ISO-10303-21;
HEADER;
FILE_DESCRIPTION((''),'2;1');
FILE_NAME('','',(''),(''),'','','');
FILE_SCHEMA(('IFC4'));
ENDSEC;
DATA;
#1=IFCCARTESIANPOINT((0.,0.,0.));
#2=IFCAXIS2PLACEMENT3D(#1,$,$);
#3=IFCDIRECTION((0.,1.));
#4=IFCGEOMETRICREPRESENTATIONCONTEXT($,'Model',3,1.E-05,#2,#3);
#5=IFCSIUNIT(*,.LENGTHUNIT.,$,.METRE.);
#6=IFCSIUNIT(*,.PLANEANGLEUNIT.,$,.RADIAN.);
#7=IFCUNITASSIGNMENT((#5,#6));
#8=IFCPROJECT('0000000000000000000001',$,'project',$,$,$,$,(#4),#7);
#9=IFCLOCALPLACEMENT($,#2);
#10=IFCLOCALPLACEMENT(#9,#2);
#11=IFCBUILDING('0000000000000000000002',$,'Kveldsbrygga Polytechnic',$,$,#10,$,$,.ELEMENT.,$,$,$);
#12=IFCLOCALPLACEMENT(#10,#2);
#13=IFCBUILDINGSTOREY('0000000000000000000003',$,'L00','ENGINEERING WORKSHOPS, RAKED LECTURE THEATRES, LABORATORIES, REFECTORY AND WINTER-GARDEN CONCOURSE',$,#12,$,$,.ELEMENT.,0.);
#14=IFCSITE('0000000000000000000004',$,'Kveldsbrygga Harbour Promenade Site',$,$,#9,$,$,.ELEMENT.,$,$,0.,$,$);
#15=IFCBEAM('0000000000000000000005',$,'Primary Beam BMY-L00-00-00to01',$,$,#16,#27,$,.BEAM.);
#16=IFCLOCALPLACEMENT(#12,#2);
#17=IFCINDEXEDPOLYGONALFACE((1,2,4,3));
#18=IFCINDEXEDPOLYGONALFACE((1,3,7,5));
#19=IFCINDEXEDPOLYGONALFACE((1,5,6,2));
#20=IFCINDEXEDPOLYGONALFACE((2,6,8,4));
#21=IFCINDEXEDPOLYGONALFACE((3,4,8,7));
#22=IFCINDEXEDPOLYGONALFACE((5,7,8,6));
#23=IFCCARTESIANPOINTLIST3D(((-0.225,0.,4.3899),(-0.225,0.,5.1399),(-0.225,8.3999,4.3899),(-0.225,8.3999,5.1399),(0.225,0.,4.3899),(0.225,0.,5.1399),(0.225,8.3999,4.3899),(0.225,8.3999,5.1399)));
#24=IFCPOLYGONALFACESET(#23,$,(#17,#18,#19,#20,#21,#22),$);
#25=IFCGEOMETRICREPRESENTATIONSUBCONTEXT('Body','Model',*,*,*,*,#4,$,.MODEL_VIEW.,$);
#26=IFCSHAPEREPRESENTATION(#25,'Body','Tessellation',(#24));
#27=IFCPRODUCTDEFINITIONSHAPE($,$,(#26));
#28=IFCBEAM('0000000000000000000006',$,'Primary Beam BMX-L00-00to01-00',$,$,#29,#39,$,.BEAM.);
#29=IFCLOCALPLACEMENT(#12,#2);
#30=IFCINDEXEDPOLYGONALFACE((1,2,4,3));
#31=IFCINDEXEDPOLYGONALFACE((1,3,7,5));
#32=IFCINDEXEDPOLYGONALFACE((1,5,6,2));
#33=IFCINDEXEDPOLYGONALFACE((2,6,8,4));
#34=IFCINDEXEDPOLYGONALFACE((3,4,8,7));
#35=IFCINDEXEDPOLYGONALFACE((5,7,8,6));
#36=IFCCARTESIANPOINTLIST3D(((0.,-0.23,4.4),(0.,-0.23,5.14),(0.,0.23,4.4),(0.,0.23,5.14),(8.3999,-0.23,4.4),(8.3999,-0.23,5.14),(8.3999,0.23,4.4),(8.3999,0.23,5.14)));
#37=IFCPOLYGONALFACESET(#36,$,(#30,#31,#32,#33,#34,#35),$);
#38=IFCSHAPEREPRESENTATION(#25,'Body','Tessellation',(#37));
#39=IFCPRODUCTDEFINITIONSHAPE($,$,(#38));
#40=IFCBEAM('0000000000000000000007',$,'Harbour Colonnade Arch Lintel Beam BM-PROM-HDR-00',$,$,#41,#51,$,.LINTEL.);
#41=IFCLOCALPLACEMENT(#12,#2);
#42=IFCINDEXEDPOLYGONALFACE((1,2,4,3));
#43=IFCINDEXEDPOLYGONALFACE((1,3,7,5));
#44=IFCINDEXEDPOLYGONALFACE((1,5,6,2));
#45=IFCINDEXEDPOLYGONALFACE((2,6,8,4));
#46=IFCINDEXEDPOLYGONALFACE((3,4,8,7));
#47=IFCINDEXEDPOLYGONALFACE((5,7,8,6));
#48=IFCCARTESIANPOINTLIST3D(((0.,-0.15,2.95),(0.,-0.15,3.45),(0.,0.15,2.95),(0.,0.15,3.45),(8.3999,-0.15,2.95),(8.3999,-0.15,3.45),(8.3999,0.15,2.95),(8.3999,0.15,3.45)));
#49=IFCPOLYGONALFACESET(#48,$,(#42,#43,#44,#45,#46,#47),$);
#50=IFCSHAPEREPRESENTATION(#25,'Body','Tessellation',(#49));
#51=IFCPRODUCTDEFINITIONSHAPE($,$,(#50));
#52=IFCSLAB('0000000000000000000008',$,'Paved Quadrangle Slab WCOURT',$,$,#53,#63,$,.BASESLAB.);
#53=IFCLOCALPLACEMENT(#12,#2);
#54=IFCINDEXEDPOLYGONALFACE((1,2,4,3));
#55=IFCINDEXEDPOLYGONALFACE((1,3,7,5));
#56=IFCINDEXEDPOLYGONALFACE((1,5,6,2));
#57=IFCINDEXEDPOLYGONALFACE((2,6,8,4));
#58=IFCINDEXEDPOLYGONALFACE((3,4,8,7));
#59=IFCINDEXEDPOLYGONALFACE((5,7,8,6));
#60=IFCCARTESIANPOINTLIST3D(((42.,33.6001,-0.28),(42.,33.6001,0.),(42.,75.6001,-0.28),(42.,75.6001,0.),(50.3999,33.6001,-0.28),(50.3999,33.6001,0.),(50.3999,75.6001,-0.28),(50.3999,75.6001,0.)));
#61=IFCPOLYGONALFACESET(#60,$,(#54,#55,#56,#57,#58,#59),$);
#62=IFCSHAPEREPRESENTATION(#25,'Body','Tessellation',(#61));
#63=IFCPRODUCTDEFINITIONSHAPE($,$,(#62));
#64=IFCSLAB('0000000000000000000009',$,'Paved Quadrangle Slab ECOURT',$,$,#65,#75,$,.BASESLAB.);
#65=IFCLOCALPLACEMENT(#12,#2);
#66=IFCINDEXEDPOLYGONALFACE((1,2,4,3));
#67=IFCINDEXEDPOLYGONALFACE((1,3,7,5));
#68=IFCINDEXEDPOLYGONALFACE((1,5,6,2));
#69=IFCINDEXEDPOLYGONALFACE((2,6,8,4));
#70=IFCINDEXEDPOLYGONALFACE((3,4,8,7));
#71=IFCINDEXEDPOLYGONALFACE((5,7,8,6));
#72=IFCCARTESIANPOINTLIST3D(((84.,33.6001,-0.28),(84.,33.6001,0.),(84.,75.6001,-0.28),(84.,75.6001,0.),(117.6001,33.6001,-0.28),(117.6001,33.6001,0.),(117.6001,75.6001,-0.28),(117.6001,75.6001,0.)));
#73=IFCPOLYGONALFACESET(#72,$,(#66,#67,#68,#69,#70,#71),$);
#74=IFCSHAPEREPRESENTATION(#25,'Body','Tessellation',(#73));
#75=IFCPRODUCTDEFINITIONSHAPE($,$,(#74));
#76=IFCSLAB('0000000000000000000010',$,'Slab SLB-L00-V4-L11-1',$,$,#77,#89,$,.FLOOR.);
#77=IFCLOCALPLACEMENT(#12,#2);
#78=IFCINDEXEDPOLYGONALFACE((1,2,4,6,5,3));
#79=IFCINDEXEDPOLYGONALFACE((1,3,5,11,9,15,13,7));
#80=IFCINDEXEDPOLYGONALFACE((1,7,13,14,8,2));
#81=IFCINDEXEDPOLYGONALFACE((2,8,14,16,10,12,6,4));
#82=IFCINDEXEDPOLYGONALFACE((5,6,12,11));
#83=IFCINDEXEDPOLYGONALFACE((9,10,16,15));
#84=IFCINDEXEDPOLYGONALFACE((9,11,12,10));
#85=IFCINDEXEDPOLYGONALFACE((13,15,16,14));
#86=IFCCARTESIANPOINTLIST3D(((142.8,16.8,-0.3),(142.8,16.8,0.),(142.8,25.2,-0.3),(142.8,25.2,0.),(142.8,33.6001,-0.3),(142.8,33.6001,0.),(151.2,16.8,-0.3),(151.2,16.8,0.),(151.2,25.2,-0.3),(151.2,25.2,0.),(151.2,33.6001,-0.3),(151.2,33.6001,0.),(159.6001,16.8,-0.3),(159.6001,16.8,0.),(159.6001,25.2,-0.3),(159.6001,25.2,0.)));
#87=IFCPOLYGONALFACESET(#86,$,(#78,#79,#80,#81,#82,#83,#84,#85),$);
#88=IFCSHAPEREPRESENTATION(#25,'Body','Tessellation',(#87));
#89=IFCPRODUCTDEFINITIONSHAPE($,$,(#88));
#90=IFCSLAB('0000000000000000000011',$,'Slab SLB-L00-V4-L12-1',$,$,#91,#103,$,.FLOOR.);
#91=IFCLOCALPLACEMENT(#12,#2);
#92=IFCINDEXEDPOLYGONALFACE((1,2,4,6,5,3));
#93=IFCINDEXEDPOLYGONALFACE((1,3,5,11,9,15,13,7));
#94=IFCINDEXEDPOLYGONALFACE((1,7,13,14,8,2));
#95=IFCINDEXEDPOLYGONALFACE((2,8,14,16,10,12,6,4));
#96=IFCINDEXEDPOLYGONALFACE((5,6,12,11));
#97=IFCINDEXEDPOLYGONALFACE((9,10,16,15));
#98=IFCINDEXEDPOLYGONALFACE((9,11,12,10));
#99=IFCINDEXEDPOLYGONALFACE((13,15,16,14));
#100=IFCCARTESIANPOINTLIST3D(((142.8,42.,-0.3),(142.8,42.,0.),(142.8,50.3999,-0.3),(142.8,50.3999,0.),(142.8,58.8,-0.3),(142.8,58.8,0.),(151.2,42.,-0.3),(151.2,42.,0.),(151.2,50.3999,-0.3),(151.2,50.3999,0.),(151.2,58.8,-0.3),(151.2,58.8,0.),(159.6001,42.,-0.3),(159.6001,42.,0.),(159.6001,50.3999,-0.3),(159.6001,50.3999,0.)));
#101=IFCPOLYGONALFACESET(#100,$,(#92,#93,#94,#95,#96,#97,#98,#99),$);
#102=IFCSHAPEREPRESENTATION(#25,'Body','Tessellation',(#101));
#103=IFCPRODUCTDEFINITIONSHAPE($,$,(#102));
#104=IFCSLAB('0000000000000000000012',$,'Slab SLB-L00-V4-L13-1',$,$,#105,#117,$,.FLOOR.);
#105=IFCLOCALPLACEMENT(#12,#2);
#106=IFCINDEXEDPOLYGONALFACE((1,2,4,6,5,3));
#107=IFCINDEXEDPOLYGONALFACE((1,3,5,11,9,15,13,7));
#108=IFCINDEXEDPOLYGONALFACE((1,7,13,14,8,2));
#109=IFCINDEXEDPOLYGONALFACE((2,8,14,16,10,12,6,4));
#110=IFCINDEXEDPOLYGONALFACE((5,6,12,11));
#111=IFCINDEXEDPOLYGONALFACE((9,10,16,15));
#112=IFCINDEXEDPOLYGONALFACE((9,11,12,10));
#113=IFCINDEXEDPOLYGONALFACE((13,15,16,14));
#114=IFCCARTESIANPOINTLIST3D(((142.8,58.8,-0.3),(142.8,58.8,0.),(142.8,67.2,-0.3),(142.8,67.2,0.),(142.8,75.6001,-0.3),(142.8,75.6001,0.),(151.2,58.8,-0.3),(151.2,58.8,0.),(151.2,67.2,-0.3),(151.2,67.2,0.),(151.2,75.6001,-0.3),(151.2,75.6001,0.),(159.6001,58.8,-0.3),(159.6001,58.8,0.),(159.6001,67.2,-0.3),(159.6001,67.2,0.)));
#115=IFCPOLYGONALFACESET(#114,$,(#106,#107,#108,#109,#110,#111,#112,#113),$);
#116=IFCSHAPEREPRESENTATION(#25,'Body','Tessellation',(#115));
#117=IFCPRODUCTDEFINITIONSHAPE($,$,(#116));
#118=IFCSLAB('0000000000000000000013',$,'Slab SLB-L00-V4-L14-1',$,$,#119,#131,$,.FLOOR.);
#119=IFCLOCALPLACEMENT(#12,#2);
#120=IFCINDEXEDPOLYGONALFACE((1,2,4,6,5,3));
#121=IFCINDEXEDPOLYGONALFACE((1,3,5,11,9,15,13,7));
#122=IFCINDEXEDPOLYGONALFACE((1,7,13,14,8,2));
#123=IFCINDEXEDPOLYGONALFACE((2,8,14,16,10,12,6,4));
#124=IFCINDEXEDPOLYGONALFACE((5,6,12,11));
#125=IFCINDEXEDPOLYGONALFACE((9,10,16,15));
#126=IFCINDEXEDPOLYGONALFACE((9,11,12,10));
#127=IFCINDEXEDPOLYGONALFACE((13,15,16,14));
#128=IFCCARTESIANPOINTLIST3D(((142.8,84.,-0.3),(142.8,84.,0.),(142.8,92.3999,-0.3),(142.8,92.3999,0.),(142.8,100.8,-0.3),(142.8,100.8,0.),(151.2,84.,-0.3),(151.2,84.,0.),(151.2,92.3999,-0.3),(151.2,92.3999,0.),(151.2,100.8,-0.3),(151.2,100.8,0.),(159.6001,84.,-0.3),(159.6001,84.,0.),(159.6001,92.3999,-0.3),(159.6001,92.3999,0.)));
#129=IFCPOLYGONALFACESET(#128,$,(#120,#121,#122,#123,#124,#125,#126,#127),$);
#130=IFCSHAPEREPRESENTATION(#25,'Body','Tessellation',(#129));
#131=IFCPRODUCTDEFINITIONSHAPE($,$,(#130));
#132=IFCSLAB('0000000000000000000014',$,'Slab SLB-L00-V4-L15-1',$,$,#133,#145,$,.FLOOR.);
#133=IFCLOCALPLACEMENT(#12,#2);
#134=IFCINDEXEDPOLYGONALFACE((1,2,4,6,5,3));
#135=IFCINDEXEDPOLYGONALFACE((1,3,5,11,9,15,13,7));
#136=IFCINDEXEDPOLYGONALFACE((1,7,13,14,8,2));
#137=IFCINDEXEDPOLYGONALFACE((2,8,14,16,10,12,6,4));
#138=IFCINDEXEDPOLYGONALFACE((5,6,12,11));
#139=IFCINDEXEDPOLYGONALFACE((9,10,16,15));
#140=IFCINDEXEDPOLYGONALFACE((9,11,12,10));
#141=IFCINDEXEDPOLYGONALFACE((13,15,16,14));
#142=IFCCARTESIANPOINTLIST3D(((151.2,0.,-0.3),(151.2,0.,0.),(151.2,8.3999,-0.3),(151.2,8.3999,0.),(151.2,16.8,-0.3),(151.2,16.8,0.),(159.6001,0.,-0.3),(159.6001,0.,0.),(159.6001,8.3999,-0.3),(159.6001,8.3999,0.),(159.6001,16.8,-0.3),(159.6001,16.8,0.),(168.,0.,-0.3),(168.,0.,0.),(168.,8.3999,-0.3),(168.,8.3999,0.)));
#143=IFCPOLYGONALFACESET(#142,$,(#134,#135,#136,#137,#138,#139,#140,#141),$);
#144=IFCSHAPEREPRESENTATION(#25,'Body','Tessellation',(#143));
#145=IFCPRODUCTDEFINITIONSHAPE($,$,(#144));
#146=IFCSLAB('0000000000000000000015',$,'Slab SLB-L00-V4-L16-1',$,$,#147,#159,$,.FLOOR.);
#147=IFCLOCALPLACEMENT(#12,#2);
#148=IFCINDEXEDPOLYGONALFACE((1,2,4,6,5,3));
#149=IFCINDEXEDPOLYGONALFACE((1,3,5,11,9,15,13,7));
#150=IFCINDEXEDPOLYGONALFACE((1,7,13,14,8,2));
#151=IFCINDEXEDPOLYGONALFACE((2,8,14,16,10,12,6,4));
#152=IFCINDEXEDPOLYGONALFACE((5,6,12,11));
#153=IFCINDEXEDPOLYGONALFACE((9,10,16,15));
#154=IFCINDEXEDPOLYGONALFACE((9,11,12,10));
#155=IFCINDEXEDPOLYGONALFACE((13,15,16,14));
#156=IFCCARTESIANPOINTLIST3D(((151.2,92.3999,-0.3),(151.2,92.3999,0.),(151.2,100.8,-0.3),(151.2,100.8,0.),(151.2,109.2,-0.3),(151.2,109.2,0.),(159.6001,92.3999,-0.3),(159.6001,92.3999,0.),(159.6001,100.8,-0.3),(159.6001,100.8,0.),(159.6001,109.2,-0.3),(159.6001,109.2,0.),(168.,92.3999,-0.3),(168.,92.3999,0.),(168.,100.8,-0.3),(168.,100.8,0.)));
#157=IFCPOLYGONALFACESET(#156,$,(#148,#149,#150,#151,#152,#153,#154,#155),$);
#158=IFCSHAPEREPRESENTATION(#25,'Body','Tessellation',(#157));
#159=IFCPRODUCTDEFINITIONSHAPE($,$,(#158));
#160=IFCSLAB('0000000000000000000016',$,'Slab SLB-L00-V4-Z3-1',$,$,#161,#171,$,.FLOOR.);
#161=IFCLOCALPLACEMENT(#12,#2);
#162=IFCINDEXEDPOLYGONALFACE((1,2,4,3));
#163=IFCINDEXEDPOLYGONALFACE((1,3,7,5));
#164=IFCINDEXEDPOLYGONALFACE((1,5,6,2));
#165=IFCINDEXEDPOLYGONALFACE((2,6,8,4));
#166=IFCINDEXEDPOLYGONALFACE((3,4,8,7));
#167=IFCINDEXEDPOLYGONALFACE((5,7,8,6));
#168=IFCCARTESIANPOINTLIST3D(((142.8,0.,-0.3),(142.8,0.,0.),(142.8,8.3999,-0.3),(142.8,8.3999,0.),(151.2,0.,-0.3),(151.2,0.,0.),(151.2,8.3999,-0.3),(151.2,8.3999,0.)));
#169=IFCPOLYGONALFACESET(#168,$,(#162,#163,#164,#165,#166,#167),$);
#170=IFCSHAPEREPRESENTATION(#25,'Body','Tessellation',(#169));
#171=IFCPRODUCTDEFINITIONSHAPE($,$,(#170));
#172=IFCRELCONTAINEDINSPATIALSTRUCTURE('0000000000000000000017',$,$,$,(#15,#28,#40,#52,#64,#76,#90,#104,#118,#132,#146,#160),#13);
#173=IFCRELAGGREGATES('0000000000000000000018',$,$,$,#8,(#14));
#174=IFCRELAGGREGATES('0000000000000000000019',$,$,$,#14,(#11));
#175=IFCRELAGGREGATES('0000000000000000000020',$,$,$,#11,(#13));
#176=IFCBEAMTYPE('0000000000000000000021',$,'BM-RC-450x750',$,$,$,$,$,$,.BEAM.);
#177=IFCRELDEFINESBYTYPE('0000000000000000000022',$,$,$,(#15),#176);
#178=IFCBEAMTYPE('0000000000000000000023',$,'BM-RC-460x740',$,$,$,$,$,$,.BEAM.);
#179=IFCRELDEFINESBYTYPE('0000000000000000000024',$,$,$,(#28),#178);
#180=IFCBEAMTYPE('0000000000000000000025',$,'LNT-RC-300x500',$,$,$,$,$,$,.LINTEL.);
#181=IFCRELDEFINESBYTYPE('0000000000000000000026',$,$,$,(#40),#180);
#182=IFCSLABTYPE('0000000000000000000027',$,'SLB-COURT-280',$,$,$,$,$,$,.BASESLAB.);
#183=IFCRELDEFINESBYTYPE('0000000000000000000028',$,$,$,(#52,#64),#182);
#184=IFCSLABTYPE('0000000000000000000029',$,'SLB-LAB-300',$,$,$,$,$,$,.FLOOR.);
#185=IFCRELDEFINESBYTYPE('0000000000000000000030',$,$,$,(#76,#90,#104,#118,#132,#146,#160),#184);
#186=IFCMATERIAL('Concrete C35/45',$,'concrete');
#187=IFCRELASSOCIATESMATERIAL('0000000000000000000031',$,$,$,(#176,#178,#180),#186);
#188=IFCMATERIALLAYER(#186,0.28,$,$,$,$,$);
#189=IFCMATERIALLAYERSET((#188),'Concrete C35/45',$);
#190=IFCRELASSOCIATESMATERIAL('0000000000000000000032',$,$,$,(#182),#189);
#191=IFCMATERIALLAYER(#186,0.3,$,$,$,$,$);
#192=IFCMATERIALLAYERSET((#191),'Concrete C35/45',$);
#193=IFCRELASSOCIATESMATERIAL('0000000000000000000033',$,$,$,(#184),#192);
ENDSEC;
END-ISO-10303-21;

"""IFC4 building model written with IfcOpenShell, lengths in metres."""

from ifc_helpers import new_model, si_unit, direction, frame, origin, origin_2d, place, context, subcontext, project, spatial, polyline, rectangle, outline, extrude, material, layer, layer_set, material_profile, profile_set, type_object, element, save


model = new_model("IFC4")

# Units and contexts
model_context = context("Model", 3, precision=1e-05, world=origin(), true_north=direction((0.0, 1.0)))
body_context = subcontext(model_context, "Body", "Model", "MODEL_VIEW")
ifc_project = project(units=[si_unit("LENGTHUNIT", "METRE"), si_unit("PLANEANGLEUNIT", "RADIAN")], contexts=[model_context])

# Site, building, storey
site_placement = place(None, origin())
site = spatial("IfcSite", under=ifc_project, at=site_placement, Name="Kveldsbrygga Harbour Promenade Site", CompositionType="ELEMENT", RefElevation=0.0)
building_placement = place(site_placement, origin())
building = spatial("IfcBuilding", under=site, at=building_placement, Name="Kveldsbrygga Polytechnic", CompositionType="ELEMENT")
storey_placement = place(building_placement, origin())
storey = spatial("IfcBuildingStorey", under=building, at=storey_placement, Name="L00", Description="ENGINEERING WORKSHOPS, RAKED LECTURE THEATRES, LABORATORIES, REFECTORY AND WINTER-GARDEN CONCOURSE", CompositionType="ELEMENT", Elevation=0.0)

# Beams
ifc_material = material(Name="Concrete C35/45", Category="concrete")
ifc_material_profile_1 = material_profile(ifc_material, rectangle(XDim=0.45, YDim=0.75, at=origin_2d()), Name="RC 450x750")
ifc_profile_set_1 = profile_set([ifc_material_profile_1], Name="Concrete C35/45")
beam_type_1 = type_object("IfcBeamType", Name="BM-RC-450x750", PredefinedType="BEAM", material=ifc_profile_set_1)
beam_1_placement = place(storey_placement, frame((0.0, 0.0, 4.7649), z_axis=(0.0, 1.0, 0.0), x_axis=(-1.0, 0.0, 0.0)))
element("IfcBeam", 1, at=beam_1_placement, inside=storey, type_object=beam_type_1, Name="Primary Beam BMY-L00-00-00to01", PredefinedType="BEAM", context=body_context, shape_type="SweptSolid", body=[
    extrude(rectangle(XDim=0.45, YDim=0.75, at=origin_2d()), origin(), (0.0, 0.0, 1.0), 8.3999),
])
ifc_material_profile_2 = material_profile(ifc_material, rectangle(XDim=0.46, YDim=0.74, at=origin_2d()), Name="RC 460x740")
ifc_profile_set_2 = profile_set([ifc_material_profile_2], Name="Concrete C35/45")
beam_type_2 = type_object("IfcBeamType", Name="BM-RC-460x740", PredefinedType="BEAM", material=ifc_profile_set_2)
beam_2_placement = place(storey_placement, frame((0.0, 0.0, 4.77), z_axis=(1.0, 0.0, 0.0), x_axis=(0.0, 1.0, 0.0)))
element("IfcBeam", 2, at=beam_2_placement, inside=storey, type_object=beam_type_2, Name="Primary Beam BMX-L00-00to01-00", PredefinedType="BEAM", context=body_context, shape_type="SweptSolid", body=[
    extrude(rectangle(XDim=0.46, YDim=0.74, at=origin_2d()), origin(), (0.0, 0.0, 1.0), 8.3999),
])
ifc_material_profile_3 = material_profile(ifc_material, rectangle(XDim=0.3, YDim=0.5, at=origin_2d()), Name="RC 300x500")
ifc_profile_set_3 = profile_set([ifc_material_profile_3], Name="Concrete C35/45")
beam_type_3 = type_object("IfcBeamType", Name="LNT-RC-300x500", PredefinedType="LINTEL", material=ifc_profile_set_3)
beam_3_placement = place(storey_placement, frame((0.0, 0.0, 3.2), z_axis=(1.0, 0.0, 0.0), x_axis=(0.0, 1.0, 0.0)))
element("IfcBeam", 3, at=beam_3_placement, inside=storey, type_object=beam_type_3, Name="Harbour Colonnade Arch Lintel Beam BM-PROM-HDR-00", PredefinedType="LINTEL", context=body_context, shape_type="SweptSolid", body=[
    extrude(rectangle(XDim=0.3, YDim=0.5, at=origin_2d()), origin(), (0.0, 0.0, 1.0), 8.3999),
])

# Slabs
ifc_layer_1 = layer(ifc_material, 0.28)
ifc_layer_set_1 = layer_set([ifc_layer_1], Name="Concrete C35/45")
slab_type_1 = type_object("IfcSlabType", Name="SLB-COURT-280", PredefinedType="BASESLAB", material=ifc_layer_set_1)
slab_1_placement = place(storey_placement, frame((0.0, 0.0, -0.28)))
element("IfcSlab", 4, at=slab_1_placement, inside=storey, type_object=slab_type_1, Name="Paved Quadrangle Slab WCOURT", PredefinedType="BASESLAB", context=body_context, shape_type="SweptSolid", body=[
    extrude(outline(polyline([(42.0, 33.6001), (50.3999, 33.6001), (50.3999, 75.6001), (42.0, 75.6001), (42.0, 33.6001)])), origin(), (0.0, 0.0, 1.0), 0.28),
])
slab_2_placement = place(storey_placement, frame((0.0, 0.0, -0.28)))
element("IfcSlab", 5, at=slab_2_placement, inside=storey, type_object=slab_type_1, Name="Paved Quadrangle Slab ECOURT", PredefinedType="BASESLAB", context=body_context, shape_type="SweptSolid", body=[
    extrude(outline(polyline([(84.0, 33.6001), (117.6001, 33.6001), (117.6001, 75.6001), (84.0, 75.6001), (84.0, 33.6001)])), origin(), (0.0, 0.0, 1.0), 0.28),
])
ifc_layer_2 = layer(ifc_material, 0.3)
ifc_layer_set_2 = layer_set([ifc_layer_2], Name="Concrete C35/45")
slab_type_2 = type_object("IfcSlabType", Name="SLB-LAB-300", PredefinedType="FLOOR", material=ifc_layer_set_2)
slab_3_placement = place(storey_placement, frame((0.0, 0.0, -0.3)))
element("IfcSlab", 6, at=slab_3_placement, inside=storey, type_object=slab_type_2, Name="Slab SLB-L00-V4-L11-1", PredefinedType="FLOOR", context=body_context, shape_type="SweptSolid", body=[
    extrude(outline(polyline([(142.8, 16.8), (142.8, 25.2), (142.8, 33.6001), (151.2, 33.6001), (151.2, 25.2), (159.6001, 25.2), (159.6001, 16.8), (151.2, 16.8), (142.8, 16.8)])), origin(), (0.0, 0.0, 1.0), 0.3),
])
slab_4_placement = place(storey_placement, frame((0.0, 0.0, -0.3)))
element("IfcSlab", 7, at=slab_4_placement, inside=storey, type_object=slab_type_2, Name="Slab SLB-L00-V4-L12-1", PredefinedType="FLOOR", context=body_context, shape_type="SweptSolid", body=[
    extrude(outline(polyline([(142.8, 42.0), (142.8, 50.3999), (142.8, 58.8), (151.2, 58.8), (151.2, 50.3999), (159.6001, 50.3999), (159.6001, 42.0), (151.2, 42.0), (142.8, 42.0)])), origin(), (0.0, 0.0, 1.0), 0.3),
])
slab_5_placement = place(storey_placement, frame((0.0, 0.0, -0.3)))
element("IfcSlab", 8, at=slab_5_placement, inside=storey, type_object=slab_type_2, Name="Slab SLB-L00-V4-L13-1", PredefinedType="FLOOR", context=body_context, shape_type="SweptSolid", body=[
    extrude(outline(polyline([(142.8, 58.8), (142.8, 67.2), (142.8, 75.6001), (151.2, 75.6001), (151.2, 67.2), (159.6001, 67.2), (159.6001, 58.8), (151.2, 58.8), (142.8, 58.8)])), origin(), (0.0, 0.0, 1.0), 0.3),
])
slab_6_placement = place(storey_placement, frame((0.0, 0.0, -0.3)))
element("IfcSlab", 9, at=slab_6_placement, inside=storey, type_object=slab_type_2, Name="Slab SLB-L00-V4-L14-1", PredefinedType="FLOOR", context=body_context, shape_type="SweptSolid", body=[
    extrude(outline(polyline([(142.8, 84.0), (142.8, 92.3999), (142.8, 100.8), (151.2, 100.8), (151.2, 92.3999), (159.6001, 92.3999), (159.6001, 84.0), (151.2, 84.0), (142.8, 84.0)])), origin(), (0.0, 0.0, 1.0), 0.3),
])
slab_7_placement = place(storey_placement, frame((0.0, 0.0, -0.3)))
element("IfcSlab", 10, at=slab_7_placement, inside=storey, type_object=slab_type_2, Name="Slab SLB-L00-V4-L15-1", PredefinedType="FLOOR", context=body_context, shape_type="SweptSolid", body=[
    extrude(outline(polyline([(151.2, 0.0), (151.2, 8.3999), (151.2, 16.8), (159.6001, 16.8), (159.6001, 8.3999), (168.0, 8.3999), (168.0, 0.0), (159.6001, 0.0), (151.2, 0.0)])), origin(), (0.0, 0.0, 1.0), 0.3),
])
slab_8_placement = place(storey_placement, frame((0.0, 0.0, -0.3)))
element("IfcSlab", 11, at=slab_8_placement, inside=storey, type_object=slab_type_2, Name="Slab SLB-L00-V4-L16-1", PredefinedType="FLOOR", context=body_context, shape_type="SweptSolid", body=[
    extrude(outline(polyline([(151.2, 92.3999), (151.2, 100.8), (151.2, 109.2), (159.6001, 109.2), (159.6001, 100.8), (168.0, 100.8), (168.0, 92.3999), (159.6001, 92.3999), (151.2, 92.3999)])), origin(), (0.0, 0.0, 1.0), 0.3),
])
slab_9_placement = place(storey_placement, frame((0.0, 0.0, -0.3)))
element("IfcSlab", 12, at=slab_9_placement, inside=storey, type_object=slab_type_2, Name="Slab SLB-L00-V4-Z3-1", PredefinedType="FLOOR", context=body_context, shape_type="SweptSolid", body=[
    extrude(outline(polyline([(151.2, 8.3999), (151.2, 0.0), (142.8, 0.0), (142.8, 8.3999), (151.2, 8.3999)])), origin(), (0.0, 0.0, 1.0), 0.3),
])

save(model, "model.ifc")
